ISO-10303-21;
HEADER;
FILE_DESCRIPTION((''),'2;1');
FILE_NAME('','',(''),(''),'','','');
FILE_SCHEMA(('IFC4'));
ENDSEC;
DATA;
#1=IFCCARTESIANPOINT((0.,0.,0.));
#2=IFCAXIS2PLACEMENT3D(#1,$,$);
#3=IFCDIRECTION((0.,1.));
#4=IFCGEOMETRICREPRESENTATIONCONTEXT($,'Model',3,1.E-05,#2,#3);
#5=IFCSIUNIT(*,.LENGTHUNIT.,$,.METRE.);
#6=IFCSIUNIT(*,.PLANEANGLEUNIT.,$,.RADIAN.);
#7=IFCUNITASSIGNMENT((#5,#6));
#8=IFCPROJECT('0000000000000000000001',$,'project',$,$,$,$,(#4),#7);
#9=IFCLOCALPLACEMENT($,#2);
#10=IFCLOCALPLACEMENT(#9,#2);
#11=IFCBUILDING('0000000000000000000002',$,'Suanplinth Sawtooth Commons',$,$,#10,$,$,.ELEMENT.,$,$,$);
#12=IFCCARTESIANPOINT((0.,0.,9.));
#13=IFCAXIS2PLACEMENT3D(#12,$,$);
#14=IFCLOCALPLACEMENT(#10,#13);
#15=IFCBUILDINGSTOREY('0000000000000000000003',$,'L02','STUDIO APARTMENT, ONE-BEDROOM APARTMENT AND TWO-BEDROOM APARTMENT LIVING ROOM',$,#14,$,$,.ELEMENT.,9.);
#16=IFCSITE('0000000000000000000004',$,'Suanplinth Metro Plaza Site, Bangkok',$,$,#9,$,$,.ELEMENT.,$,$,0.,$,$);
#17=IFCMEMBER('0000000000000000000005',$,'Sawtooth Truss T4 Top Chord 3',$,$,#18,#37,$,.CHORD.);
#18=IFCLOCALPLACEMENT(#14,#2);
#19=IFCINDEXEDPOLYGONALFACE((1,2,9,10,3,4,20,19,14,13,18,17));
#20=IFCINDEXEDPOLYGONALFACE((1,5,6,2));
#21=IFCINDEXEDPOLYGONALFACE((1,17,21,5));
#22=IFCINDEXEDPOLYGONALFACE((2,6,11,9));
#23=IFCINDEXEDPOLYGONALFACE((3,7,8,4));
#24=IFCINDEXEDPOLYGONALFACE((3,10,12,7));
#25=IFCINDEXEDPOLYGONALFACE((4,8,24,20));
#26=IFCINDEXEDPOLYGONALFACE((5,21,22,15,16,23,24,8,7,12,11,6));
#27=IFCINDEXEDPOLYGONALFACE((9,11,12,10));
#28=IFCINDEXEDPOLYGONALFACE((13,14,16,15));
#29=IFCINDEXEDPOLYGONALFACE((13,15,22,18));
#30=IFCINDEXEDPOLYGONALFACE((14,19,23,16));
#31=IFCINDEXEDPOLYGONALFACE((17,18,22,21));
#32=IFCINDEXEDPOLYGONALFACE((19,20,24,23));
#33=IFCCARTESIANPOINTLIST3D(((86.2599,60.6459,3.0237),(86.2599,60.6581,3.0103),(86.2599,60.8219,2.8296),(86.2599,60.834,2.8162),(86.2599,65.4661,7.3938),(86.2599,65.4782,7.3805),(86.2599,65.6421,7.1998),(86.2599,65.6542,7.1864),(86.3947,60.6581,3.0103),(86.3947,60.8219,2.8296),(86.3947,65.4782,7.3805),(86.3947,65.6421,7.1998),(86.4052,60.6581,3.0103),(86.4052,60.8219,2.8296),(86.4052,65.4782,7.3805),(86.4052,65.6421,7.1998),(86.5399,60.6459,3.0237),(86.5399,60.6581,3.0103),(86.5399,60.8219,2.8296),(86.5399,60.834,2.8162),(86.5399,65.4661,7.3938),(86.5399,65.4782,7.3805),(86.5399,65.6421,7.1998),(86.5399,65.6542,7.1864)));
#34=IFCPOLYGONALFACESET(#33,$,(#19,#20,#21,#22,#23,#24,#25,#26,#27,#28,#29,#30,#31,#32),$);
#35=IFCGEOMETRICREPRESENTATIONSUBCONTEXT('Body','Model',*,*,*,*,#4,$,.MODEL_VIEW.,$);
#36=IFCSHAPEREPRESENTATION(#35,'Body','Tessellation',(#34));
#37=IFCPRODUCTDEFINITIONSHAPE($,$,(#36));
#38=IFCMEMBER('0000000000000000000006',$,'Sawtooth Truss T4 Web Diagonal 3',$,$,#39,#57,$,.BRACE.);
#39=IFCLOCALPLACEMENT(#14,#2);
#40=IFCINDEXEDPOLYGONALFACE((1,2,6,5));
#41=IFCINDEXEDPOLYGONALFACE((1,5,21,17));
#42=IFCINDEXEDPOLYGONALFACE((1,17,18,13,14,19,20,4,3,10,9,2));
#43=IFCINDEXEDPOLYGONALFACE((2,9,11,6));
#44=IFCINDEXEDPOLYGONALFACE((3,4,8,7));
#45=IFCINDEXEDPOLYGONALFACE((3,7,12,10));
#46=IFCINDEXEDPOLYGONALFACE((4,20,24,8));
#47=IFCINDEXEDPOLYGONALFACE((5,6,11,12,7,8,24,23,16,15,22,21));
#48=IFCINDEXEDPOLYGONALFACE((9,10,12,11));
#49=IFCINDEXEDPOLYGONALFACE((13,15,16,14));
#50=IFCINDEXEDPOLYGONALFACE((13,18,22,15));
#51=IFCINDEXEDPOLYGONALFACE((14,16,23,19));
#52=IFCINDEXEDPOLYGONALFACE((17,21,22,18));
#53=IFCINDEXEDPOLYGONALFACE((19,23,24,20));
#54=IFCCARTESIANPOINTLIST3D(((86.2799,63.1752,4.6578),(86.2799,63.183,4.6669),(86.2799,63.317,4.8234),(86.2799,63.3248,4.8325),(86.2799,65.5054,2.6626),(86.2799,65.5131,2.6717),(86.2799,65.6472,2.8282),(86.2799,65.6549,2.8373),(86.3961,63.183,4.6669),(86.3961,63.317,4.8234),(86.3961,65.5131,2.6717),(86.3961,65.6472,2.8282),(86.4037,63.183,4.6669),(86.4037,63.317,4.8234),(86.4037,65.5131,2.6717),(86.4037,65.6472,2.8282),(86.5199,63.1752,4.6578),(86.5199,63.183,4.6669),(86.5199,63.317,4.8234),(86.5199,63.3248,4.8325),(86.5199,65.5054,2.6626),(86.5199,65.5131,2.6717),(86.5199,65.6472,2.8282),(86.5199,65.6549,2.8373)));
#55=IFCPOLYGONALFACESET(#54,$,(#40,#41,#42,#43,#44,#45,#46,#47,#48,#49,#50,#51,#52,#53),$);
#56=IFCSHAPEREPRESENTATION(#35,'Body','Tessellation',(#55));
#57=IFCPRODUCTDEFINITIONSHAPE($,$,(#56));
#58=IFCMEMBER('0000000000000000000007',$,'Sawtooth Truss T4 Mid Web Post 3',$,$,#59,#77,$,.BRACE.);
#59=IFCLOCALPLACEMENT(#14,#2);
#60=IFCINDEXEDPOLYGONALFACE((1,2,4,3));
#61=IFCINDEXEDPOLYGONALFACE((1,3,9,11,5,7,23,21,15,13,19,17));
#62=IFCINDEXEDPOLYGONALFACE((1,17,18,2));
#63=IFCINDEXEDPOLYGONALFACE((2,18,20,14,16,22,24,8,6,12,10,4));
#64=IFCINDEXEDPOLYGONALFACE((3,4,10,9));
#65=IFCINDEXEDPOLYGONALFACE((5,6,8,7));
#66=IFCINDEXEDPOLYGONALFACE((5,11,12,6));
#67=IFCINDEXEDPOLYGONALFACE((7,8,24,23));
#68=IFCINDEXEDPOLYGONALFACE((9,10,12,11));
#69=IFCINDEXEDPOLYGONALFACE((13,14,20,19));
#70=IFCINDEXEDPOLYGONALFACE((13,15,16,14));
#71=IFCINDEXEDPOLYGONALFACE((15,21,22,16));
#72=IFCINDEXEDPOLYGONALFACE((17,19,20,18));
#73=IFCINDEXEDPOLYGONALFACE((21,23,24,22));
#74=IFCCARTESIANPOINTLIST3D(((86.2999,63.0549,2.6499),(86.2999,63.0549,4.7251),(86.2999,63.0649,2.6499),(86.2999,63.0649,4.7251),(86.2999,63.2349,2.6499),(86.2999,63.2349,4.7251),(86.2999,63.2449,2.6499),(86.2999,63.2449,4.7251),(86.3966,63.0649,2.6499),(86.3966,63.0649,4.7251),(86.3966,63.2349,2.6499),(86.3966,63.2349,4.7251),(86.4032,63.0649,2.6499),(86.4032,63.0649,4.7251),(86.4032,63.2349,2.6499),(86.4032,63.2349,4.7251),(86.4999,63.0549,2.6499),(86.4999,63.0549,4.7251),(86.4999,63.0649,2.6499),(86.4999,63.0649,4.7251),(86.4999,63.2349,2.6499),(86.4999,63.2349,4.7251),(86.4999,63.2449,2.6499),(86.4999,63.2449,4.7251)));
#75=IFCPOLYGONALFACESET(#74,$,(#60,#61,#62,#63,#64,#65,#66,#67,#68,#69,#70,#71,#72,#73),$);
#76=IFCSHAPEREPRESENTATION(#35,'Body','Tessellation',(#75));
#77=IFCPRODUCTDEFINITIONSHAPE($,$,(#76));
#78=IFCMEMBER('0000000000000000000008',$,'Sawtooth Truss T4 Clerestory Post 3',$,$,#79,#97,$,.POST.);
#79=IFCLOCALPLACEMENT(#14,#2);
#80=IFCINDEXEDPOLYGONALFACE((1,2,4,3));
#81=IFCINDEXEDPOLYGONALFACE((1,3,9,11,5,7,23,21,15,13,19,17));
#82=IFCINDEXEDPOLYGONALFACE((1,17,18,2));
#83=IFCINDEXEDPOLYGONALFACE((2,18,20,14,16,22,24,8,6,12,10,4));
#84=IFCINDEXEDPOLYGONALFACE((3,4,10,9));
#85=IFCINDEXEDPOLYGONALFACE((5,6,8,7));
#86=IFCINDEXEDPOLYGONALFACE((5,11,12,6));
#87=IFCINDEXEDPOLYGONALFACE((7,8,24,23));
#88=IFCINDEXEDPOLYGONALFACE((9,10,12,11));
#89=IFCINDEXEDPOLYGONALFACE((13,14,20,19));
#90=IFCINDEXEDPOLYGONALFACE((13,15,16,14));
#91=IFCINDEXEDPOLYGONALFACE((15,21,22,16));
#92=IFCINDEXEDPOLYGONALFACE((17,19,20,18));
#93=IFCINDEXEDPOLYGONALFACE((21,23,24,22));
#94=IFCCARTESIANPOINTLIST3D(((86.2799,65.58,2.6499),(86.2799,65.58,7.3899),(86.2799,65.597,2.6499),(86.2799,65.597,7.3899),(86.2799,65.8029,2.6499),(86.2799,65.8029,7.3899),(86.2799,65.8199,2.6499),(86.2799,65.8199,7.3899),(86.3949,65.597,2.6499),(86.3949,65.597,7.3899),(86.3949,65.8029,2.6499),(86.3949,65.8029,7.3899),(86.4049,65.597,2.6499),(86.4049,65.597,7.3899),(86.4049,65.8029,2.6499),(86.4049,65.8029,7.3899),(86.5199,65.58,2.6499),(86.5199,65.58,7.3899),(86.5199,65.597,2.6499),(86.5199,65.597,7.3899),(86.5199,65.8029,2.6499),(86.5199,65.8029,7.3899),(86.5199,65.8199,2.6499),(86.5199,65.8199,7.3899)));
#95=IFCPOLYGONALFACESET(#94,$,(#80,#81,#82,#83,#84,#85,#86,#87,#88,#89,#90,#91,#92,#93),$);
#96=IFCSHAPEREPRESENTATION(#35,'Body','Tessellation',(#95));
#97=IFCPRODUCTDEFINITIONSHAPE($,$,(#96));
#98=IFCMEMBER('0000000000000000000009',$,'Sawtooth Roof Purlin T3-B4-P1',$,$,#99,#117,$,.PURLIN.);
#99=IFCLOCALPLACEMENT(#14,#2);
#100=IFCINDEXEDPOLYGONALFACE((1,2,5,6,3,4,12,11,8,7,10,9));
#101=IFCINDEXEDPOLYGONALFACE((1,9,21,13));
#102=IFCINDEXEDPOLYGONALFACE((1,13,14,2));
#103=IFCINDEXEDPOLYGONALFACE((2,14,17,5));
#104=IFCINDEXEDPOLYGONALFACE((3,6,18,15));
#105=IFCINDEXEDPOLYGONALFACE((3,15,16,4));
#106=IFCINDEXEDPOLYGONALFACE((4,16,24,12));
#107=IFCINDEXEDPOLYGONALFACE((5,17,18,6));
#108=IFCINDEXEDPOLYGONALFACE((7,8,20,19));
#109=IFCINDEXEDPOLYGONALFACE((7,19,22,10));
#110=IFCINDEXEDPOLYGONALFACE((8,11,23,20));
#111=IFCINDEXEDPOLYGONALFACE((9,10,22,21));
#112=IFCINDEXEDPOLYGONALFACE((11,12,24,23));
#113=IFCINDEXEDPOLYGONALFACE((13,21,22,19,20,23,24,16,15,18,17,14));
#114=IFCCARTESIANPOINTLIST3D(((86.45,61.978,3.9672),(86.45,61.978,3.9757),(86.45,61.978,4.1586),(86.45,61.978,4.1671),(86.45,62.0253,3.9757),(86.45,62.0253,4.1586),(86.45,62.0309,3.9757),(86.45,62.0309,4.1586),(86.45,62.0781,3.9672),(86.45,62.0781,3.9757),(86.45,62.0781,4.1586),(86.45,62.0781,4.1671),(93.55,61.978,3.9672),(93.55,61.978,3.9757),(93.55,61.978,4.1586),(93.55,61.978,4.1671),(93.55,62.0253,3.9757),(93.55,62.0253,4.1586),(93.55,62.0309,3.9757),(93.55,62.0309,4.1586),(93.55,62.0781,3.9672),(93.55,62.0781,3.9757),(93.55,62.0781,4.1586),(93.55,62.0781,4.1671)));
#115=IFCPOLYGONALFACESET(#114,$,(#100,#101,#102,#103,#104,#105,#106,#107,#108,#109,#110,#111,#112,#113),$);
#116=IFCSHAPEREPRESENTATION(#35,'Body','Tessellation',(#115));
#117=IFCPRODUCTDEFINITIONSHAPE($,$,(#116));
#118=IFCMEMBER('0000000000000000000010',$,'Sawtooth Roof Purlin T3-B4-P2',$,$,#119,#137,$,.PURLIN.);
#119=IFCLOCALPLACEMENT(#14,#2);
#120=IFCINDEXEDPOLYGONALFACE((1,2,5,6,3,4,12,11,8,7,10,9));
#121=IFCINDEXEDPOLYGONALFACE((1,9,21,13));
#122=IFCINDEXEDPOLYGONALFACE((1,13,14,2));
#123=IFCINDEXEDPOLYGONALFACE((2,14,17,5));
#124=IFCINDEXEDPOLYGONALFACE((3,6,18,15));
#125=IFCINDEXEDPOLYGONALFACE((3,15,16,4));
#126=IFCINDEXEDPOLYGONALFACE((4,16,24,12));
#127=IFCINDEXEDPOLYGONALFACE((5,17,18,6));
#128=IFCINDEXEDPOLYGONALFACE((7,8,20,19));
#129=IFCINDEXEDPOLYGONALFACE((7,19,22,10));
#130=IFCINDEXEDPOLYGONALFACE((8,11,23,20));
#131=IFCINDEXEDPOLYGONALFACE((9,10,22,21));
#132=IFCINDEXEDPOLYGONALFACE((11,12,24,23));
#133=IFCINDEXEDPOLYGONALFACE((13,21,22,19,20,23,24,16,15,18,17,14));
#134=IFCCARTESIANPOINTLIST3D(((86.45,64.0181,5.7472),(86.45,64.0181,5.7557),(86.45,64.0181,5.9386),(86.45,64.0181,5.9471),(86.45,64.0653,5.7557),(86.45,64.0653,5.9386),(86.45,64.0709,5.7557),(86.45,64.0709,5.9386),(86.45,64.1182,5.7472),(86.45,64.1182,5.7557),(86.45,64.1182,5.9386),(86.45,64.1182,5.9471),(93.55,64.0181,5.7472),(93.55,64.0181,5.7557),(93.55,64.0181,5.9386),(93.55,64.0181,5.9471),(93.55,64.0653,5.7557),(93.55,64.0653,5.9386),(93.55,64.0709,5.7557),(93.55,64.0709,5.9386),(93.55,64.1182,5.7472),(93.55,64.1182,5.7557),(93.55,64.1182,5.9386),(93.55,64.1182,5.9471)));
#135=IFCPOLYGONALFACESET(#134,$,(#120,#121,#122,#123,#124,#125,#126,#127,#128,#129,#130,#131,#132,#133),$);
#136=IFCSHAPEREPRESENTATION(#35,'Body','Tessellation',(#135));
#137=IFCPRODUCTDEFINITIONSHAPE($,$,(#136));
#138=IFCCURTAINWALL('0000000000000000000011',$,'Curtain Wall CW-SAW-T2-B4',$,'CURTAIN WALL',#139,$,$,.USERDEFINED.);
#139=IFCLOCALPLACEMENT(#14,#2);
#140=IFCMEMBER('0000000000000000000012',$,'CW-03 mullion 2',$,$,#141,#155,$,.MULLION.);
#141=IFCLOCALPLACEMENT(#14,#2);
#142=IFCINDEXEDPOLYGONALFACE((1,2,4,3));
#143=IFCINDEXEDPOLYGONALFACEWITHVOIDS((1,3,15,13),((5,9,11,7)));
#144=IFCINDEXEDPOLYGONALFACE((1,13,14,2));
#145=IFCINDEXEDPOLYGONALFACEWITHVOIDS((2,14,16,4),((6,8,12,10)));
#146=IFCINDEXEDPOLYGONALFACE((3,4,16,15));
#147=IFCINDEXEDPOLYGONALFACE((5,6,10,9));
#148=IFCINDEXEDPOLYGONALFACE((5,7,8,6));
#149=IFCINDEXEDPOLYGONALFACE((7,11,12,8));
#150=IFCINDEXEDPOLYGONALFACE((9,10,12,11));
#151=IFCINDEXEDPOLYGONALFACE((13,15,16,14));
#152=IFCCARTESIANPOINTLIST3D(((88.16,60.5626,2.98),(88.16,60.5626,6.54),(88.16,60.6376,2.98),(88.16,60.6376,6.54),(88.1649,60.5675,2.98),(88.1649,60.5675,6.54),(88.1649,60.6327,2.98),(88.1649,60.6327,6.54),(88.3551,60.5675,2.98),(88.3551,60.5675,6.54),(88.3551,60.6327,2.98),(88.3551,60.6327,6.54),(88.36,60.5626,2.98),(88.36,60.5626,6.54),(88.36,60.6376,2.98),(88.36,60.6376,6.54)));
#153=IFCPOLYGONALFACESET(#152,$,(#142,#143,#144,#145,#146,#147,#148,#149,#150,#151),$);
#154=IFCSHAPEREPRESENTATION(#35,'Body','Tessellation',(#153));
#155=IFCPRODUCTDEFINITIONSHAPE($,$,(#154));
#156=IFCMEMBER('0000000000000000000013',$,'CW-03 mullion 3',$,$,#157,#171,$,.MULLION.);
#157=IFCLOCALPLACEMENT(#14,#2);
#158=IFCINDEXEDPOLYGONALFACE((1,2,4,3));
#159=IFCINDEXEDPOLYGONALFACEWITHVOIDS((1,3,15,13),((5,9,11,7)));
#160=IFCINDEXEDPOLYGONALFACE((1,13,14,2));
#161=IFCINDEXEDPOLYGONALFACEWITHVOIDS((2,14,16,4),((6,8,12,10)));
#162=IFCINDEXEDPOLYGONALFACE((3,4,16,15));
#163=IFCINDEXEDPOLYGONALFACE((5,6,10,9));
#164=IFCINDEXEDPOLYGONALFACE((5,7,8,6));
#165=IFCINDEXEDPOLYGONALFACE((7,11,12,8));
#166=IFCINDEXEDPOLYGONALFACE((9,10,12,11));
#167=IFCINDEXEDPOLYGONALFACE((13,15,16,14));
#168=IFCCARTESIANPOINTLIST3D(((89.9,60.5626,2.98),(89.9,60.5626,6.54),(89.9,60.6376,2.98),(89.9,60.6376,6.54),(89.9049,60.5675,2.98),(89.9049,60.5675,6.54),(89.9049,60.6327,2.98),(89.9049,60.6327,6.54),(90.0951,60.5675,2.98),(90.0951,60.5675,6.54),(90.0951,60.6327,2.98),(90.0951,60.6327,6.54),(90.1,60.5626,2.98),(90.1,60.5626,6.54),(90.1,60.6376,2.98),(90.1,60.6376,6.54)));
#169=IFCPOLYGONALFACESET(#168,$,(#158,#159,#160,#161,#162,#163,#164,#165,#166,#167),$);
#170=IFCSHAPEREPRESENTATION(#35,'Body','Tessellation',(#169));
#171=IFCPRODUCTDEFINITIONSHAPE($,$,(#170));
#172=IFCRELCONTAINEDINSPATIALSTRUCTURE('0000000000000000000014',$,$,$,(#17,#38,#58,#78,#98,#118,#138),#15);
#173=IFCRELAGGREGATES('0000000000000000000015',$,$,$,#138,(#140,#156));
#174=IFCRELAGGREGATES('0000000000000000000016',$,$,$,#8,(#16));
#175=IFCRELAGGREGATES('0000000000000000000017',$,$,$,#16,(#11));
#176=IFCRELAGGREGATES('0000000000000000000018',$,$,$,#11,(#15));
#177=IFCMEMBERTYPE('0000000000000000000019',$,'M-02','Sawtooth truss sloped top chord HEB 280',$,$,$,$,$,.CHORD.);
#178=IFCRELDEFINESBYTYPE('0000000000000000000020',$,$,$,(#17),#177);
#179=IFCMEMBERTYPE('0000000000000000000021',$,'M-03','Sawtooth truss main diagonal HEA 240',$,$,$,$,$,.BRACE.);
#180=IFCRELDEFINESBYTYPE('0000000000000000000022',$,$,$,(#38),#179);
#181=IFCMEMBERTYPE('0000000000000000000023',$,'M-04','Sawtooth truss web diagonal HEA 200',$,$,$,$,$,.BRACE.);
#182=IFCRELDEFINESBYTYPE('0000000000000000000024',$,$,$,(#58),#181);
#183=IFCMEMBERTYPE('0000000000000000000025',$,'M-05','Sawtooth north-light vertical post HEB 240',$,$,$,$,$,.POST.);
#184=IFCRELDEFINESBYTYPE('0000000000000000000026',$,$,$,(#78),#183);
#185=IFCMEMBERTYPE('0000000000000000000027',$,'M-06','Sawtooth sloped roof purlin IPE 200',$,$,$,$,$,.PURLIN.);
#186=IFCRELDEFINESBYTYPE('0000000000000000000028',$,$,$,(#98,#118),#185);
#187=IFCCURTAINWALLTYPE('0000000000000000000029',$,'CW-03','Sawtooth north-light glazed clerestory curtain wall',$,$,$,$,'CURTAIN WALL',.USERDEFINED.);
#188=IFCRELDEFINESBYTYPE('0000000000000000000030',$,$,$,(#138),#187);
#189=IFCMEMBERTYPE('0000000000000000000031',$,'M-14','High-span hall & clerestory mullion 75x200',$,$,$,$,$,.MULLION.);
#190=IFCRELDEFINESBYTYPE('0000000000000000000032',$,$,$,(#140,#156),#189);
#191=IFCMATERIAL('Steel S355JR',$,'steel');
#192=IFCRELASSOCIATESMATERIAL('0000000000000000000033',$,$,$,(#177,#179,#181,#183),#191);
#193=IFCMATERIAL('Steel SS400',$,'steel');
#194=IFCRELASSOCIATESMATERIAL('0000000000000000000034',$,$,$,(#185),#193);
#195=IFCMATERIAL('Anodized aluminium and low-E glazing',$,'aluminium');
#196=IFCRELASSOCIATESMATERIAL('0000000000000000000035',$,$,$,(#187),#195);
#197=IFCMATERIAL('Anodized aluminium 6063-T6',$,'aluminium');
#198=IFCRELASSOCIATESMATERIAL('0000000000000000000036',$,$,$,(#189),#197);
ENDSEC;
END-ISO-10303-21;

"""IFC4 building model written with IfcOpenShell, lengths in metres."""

from ifc_helpers import new_model, si_unit, direction, frame, origin, origin_2d, place, context, subcontext, project, spatial, hollow_rectangle, i_section, extrude, material, material_profile, profile_set, type_object, element, aggregate, save


model = new_model("IFC4")

# Units and contexts
model_context = context("Model", 3, precision=1e-05, world=origin(), true_north=direction((0.0, 1.0)))
body_context = subcontext(model_context, "Body", "Model", "MODEL_VIEW")
ifc_project = project(units=[si_unit("LENGTHUNIT", "METRE"), si_unit("PLANEANGLEUNIT", "RADIAN")], contexts=[model_context])

# Site, building, storey
site_placement = place(None, origin())
site = spatial("IfcSite", under=ifc_project, at=site_placement, Name="Suanplinth Metro Plaza Site, Bangkok", CompositionType="ELEMENT", RefElevation=0.0)
building_placement = place(site_placement, origin())
building = spatial("IfcBuilding", under=site, at=building_placement, Name="Suanplinth Sawtooth Commons", CompositionType="ELEMENT")
storey_placement = place(building_placement, frame((0.0, 0.0, 9.0)))
storey = spatial("IfcBuildingStorey", under=building, at=storey_placement, Name="L02", Description="STUDIO APARTMENT, ONE-BEDROOM APARTMENT AND TWO-BEDROOM APARTMENT LIVING ROOM", CompositionType="ELEMENT", Elevation=9.0)

# Members
ifc_material_1 = material(Name="Steel S355JR", Category="steel")
ifc_material_profile_1 = material_profile(ifc_material_1, i_section(OverallWidth=0.28, OverallDepth=0.28, WebThickness=0.0105, FlangeThickness=0.0181, at=origin_2d()), Name="HEB 280")
ifc_profile_set_1 = profile_set([ifc_material_profile_1], Name="Steel S355JR")
member_type_1 = type_object("IfcMemberType", Name="M-02", Description="Sawtooth truss sloped top chord HEB 280", PredefinedType="CHORD", material=ifc_profile_set_1)
member_1_placement = place(storey_placement, frame((86.3999, 60.74, 2.9199), z_axis=(0.0, 0.740839, 0.671682), x_axis=(-1.0, 0.0, 0.0)))
element("IfcMember", 1, at=member_1_placement, inside=storey, type_object=member_type_1, Name="Sawtooth Truss T4 Top Chord 3", PredefinedType="CHORD", context=body_context, shape_type="SweptSolid", body=[
    extrude(i_section(OverallWidth=0.28, OverallDepth=0.28, WebThickness=0.0105, FlangeThickness=0.0181, at=origin_2d()), origin(), (0.0, 0.0, 1.0), 6.5063),
])
ifc_material_profile_2 = material_profile(ifc_material_1, i_section(OverallWidth=0.24, OverallDepth=0.23, WebThickness=0.0076, FlangeThickness=0.012, at=origin_2d()), Name="HEA 240")
ifc_profile_set_2 = profile_set([ifc_material_profile_2], Name="Steel S355JR")
member_type_2 = type_object("IfcMemberType", Name="M-03", Description="Sawtooth truss main diagonal HEA 240", PredefinedType="BRACE", material=ifc_profile_set_2)
member_2_placement = place(storey_placement, frame((86.3999, 63.25, 4.7451), z_axis=(0.0, 0.759594, -0.650398), x_axis=(-1.0, 0.0, 0.0)))
element("IfcMember", 2, at=member_2_placement, inside=storey, type_object=member_type_2, Name="Sawtooth Truss T4 Web Diagonal 3", PredefinedType="BRACE", context=body_context, shape_type="SweptSolid", body=[
    extrude(i_section(OverallWidth=0.24, OverallDepth=0.23, WebThickness=0.0076, FlangeThickness=0.012, at=origin_2d()), origin(), (0.0, 0.0, 1.0), 3.0676),
])
ifc_material_profile_3 = material_profile(ifc_material_1, i_section(OverallWidth=0.2, OverallDepth=0.1899, WebThickness=0.0066, FlangeThickness=0.01, at=origin_2d()), Name="HEA 200")
ifc_profile_set_3 = profile_set([ifc_material_profile_3], Name="Steel S355JR")
member_type_3 = type_object("IfcMemberType", Name="M-04", Description="Sawtooth truss web diagonal HEA 200", PredefinedType="BRACE", material=ifc_profile_set_3)
member_3_placement = place(storey_placement, frame((86.3999, 63.1499, 2.6499), z_axis=(0.0, 0.0, 1.0), x_axis=(1.0, 0.0, 0.0)))
element("IfcMember", 3, at=member_3_placement, inside=storey, type_object=member_type_3, Name="Sawtooth Truss T4 Mid Web Post 3", PredefinedType="BRACE", context=body_context, shape_type="SweptSolid", body=[
    extrude(i_section(OverallWidth=0.2, OverallDepth=0.1899, WebThickness=0.0066, FlangeThickness=0.01, at=origin_2d()), origin(), (0.0, 0.0, 1.0), 2.0752),
])
ifc_material_profile_4 = material_profile(ifc_material_1, i_section(OverallWidth=0.24, OverallDepth=0.24, WebThickness=0.01, FlangeThickness=0.0171, at=origin_2d()), Name="HEB 240")
ifc_profile_set_4 = profile_set([ifc_material_profile_4], Name="Steel S355JR")
member_type_4 = type_object("IfcMemberType", Name="M-05", Description="Sawtooth north-light vertical post HEB 240", PredefinedType="POST", material=ifc_profile_set_4)
member_4_placement = place(storey_placement, frame((86.3999, 65.7, 2.6499), z_axis=(0.0, 0.0, 1.0), x_axis=(1.0, 0.0, 0.0)))
element("IfcMember", 4, at=member_4_placement, inside=storey, type_object=member_type_4, Name="Sawtooth Truss T4 Clerestory Post 3", PredefinedType="POST", context=body_context, shape_type="SweptSolid", body=[
    extrude(i_section(OverallWidth=0.24, OverallDepth=0.24, WebThickness=0.01, FlangeThickness=0.0171, at=origin_2d()), origin(), (0.0, 0.0, 1.0), 4.74),
])
ifc_material_2 = material(Name="Steel SS400", Category="steel")
ifc_material_profile_5 = material_profile(ifc_material_2, i_section(OverallWidth=0.1001, OverallDepth=0.2, WebThickness=0.0056, FlangeThickness=0.0085, at=origin_2d()), Name="IPE 200")
ifc_profile_set_5 = profile_set([ifc_material_profile_5], Name="Steel SS400")
member_type_5 = type_object("IfcMemberType", Name="M-06", Description="Sawtooth sloped roof purlin IPE 200", PredefinedType="PURLIN", material=ifc_profile_set_5)
for number, where, z_axis, x_axis, name in (
    (5, (86.45, 62.0281, 4.0671), (1.0, 0.0, 0.0), (0.0, 1.0, 0.0), "Sawtooth Roof Purlin T3-B4-P1"),
    (6, (86.45, 64.0681, 5.8472), (1.0, 0.0, 0.0), (0.0, 1.0, 0.0), "Sawtooth Roof Purlin T3-B4-P2"),
):
    element("IfcMember", number, at=place(storey_placement, frame(where, z_axis=z_axis, x_axis=x_axis)), inside=storey, type_object=member_type_5, Name=name, PredefinedType="PURLIN", context=body_context, shape_type="SweptSolid", body=[
        extrude(i_section(OverallWidth=0.1001, OverallDepth=0.2, WebThickness=0.0056, FlangeThickness=0.0085, at=origin_2d()), origin(), (0.0, 0.0, 1.0), 7.1001),
    ])

# Curtain wall, members
ifc_material_3 = material(Name="Anodized aluminium and low-E glazing", Category="aluminium")
curtain_wall_type = type_object("IfcCurtainWallType", Name="CW-03", Description="Sawtooth north-light glazed clerestory curtain wall", ElementType="CURTAIN WALL", PredefinedType="USERDEFINED", material=ifc_material_3)
curtain_wall_1_placement = place(storey_placement, origin())
curtain_wall_1 = element("IfcCurtainWall", 7, at=curtain_wall_1_placement, inside=storey, type_object=curtain_wall_type, Name="Curtain Wall CW-SAW-T2-B4", ObjectType="CURTAIN WALL", PredefinedType="USERDEFINED")
ifc_material_4 = material(Name="Anodized aluminium 6063-T6", Category="aluminium")
ifc_material_profile_6 = material_profile(ifc_material_4, hollow_rectangle(XDim=0.075, YDim=0.2, WallThickness=0.0049, at=origin_2d()), Name="ALU-MUL 75x200")
ifc_profile_set_6 = profile_set([ifc_material_profile_6], Name="Anodized aluminium 6063-T6")
member_type_6 = type_object("IfcMemberType", Name="M-14", Description="High-span hall & clerestory mullion 75x200", PredefinedType="MULLION", material=ifc_profile_set_6)
member_5_placement = place(storey_placement, frame((88.26, 60.6001, 2.98), z_axis=(0.0, 0.0, 1.0), x_axis=(0.0, 1.0, 0.0)))
member_5 = element("IfcMember", 8, at=member_5_placement, type_object=member_type_6, Name="CW-03 mullion 2", PredefinedType="MULLION", context=body_context, shape_type="SweptSolid", body=[
    extrude(hollow_rectangle(XDim=0.075, YDim=0.2, WallThickness=0.0049, at=origin_2d()), origin(), (0.0, 0.0, 1.0), 3.5601),
])
member_6_placement = place(storey_placement, frame((90.0, 60.6001, 2.98), z_axis=(0.0, 0.0, 1.0), x_axis=(0.0, 1.0, 0.0)))
member_6 = element("IfcMember", 9, at=member_6_placement, type_object=member_type_6, Name="CW-03 mullion 3", PredefinedType="MULLION", context=body_context, shape_type="SweptSolid", body=[
    extrude(hollow_rectangle(XDim=0.075, YDim=0.2, WallThickness=0.0049, at=origin_2d()), origin(), (0.0, 0.0, 1.0), 3.5601),
])

aggregate(curtain_wall_1, [member_5, member_6])

save(model, "model.ifc")
